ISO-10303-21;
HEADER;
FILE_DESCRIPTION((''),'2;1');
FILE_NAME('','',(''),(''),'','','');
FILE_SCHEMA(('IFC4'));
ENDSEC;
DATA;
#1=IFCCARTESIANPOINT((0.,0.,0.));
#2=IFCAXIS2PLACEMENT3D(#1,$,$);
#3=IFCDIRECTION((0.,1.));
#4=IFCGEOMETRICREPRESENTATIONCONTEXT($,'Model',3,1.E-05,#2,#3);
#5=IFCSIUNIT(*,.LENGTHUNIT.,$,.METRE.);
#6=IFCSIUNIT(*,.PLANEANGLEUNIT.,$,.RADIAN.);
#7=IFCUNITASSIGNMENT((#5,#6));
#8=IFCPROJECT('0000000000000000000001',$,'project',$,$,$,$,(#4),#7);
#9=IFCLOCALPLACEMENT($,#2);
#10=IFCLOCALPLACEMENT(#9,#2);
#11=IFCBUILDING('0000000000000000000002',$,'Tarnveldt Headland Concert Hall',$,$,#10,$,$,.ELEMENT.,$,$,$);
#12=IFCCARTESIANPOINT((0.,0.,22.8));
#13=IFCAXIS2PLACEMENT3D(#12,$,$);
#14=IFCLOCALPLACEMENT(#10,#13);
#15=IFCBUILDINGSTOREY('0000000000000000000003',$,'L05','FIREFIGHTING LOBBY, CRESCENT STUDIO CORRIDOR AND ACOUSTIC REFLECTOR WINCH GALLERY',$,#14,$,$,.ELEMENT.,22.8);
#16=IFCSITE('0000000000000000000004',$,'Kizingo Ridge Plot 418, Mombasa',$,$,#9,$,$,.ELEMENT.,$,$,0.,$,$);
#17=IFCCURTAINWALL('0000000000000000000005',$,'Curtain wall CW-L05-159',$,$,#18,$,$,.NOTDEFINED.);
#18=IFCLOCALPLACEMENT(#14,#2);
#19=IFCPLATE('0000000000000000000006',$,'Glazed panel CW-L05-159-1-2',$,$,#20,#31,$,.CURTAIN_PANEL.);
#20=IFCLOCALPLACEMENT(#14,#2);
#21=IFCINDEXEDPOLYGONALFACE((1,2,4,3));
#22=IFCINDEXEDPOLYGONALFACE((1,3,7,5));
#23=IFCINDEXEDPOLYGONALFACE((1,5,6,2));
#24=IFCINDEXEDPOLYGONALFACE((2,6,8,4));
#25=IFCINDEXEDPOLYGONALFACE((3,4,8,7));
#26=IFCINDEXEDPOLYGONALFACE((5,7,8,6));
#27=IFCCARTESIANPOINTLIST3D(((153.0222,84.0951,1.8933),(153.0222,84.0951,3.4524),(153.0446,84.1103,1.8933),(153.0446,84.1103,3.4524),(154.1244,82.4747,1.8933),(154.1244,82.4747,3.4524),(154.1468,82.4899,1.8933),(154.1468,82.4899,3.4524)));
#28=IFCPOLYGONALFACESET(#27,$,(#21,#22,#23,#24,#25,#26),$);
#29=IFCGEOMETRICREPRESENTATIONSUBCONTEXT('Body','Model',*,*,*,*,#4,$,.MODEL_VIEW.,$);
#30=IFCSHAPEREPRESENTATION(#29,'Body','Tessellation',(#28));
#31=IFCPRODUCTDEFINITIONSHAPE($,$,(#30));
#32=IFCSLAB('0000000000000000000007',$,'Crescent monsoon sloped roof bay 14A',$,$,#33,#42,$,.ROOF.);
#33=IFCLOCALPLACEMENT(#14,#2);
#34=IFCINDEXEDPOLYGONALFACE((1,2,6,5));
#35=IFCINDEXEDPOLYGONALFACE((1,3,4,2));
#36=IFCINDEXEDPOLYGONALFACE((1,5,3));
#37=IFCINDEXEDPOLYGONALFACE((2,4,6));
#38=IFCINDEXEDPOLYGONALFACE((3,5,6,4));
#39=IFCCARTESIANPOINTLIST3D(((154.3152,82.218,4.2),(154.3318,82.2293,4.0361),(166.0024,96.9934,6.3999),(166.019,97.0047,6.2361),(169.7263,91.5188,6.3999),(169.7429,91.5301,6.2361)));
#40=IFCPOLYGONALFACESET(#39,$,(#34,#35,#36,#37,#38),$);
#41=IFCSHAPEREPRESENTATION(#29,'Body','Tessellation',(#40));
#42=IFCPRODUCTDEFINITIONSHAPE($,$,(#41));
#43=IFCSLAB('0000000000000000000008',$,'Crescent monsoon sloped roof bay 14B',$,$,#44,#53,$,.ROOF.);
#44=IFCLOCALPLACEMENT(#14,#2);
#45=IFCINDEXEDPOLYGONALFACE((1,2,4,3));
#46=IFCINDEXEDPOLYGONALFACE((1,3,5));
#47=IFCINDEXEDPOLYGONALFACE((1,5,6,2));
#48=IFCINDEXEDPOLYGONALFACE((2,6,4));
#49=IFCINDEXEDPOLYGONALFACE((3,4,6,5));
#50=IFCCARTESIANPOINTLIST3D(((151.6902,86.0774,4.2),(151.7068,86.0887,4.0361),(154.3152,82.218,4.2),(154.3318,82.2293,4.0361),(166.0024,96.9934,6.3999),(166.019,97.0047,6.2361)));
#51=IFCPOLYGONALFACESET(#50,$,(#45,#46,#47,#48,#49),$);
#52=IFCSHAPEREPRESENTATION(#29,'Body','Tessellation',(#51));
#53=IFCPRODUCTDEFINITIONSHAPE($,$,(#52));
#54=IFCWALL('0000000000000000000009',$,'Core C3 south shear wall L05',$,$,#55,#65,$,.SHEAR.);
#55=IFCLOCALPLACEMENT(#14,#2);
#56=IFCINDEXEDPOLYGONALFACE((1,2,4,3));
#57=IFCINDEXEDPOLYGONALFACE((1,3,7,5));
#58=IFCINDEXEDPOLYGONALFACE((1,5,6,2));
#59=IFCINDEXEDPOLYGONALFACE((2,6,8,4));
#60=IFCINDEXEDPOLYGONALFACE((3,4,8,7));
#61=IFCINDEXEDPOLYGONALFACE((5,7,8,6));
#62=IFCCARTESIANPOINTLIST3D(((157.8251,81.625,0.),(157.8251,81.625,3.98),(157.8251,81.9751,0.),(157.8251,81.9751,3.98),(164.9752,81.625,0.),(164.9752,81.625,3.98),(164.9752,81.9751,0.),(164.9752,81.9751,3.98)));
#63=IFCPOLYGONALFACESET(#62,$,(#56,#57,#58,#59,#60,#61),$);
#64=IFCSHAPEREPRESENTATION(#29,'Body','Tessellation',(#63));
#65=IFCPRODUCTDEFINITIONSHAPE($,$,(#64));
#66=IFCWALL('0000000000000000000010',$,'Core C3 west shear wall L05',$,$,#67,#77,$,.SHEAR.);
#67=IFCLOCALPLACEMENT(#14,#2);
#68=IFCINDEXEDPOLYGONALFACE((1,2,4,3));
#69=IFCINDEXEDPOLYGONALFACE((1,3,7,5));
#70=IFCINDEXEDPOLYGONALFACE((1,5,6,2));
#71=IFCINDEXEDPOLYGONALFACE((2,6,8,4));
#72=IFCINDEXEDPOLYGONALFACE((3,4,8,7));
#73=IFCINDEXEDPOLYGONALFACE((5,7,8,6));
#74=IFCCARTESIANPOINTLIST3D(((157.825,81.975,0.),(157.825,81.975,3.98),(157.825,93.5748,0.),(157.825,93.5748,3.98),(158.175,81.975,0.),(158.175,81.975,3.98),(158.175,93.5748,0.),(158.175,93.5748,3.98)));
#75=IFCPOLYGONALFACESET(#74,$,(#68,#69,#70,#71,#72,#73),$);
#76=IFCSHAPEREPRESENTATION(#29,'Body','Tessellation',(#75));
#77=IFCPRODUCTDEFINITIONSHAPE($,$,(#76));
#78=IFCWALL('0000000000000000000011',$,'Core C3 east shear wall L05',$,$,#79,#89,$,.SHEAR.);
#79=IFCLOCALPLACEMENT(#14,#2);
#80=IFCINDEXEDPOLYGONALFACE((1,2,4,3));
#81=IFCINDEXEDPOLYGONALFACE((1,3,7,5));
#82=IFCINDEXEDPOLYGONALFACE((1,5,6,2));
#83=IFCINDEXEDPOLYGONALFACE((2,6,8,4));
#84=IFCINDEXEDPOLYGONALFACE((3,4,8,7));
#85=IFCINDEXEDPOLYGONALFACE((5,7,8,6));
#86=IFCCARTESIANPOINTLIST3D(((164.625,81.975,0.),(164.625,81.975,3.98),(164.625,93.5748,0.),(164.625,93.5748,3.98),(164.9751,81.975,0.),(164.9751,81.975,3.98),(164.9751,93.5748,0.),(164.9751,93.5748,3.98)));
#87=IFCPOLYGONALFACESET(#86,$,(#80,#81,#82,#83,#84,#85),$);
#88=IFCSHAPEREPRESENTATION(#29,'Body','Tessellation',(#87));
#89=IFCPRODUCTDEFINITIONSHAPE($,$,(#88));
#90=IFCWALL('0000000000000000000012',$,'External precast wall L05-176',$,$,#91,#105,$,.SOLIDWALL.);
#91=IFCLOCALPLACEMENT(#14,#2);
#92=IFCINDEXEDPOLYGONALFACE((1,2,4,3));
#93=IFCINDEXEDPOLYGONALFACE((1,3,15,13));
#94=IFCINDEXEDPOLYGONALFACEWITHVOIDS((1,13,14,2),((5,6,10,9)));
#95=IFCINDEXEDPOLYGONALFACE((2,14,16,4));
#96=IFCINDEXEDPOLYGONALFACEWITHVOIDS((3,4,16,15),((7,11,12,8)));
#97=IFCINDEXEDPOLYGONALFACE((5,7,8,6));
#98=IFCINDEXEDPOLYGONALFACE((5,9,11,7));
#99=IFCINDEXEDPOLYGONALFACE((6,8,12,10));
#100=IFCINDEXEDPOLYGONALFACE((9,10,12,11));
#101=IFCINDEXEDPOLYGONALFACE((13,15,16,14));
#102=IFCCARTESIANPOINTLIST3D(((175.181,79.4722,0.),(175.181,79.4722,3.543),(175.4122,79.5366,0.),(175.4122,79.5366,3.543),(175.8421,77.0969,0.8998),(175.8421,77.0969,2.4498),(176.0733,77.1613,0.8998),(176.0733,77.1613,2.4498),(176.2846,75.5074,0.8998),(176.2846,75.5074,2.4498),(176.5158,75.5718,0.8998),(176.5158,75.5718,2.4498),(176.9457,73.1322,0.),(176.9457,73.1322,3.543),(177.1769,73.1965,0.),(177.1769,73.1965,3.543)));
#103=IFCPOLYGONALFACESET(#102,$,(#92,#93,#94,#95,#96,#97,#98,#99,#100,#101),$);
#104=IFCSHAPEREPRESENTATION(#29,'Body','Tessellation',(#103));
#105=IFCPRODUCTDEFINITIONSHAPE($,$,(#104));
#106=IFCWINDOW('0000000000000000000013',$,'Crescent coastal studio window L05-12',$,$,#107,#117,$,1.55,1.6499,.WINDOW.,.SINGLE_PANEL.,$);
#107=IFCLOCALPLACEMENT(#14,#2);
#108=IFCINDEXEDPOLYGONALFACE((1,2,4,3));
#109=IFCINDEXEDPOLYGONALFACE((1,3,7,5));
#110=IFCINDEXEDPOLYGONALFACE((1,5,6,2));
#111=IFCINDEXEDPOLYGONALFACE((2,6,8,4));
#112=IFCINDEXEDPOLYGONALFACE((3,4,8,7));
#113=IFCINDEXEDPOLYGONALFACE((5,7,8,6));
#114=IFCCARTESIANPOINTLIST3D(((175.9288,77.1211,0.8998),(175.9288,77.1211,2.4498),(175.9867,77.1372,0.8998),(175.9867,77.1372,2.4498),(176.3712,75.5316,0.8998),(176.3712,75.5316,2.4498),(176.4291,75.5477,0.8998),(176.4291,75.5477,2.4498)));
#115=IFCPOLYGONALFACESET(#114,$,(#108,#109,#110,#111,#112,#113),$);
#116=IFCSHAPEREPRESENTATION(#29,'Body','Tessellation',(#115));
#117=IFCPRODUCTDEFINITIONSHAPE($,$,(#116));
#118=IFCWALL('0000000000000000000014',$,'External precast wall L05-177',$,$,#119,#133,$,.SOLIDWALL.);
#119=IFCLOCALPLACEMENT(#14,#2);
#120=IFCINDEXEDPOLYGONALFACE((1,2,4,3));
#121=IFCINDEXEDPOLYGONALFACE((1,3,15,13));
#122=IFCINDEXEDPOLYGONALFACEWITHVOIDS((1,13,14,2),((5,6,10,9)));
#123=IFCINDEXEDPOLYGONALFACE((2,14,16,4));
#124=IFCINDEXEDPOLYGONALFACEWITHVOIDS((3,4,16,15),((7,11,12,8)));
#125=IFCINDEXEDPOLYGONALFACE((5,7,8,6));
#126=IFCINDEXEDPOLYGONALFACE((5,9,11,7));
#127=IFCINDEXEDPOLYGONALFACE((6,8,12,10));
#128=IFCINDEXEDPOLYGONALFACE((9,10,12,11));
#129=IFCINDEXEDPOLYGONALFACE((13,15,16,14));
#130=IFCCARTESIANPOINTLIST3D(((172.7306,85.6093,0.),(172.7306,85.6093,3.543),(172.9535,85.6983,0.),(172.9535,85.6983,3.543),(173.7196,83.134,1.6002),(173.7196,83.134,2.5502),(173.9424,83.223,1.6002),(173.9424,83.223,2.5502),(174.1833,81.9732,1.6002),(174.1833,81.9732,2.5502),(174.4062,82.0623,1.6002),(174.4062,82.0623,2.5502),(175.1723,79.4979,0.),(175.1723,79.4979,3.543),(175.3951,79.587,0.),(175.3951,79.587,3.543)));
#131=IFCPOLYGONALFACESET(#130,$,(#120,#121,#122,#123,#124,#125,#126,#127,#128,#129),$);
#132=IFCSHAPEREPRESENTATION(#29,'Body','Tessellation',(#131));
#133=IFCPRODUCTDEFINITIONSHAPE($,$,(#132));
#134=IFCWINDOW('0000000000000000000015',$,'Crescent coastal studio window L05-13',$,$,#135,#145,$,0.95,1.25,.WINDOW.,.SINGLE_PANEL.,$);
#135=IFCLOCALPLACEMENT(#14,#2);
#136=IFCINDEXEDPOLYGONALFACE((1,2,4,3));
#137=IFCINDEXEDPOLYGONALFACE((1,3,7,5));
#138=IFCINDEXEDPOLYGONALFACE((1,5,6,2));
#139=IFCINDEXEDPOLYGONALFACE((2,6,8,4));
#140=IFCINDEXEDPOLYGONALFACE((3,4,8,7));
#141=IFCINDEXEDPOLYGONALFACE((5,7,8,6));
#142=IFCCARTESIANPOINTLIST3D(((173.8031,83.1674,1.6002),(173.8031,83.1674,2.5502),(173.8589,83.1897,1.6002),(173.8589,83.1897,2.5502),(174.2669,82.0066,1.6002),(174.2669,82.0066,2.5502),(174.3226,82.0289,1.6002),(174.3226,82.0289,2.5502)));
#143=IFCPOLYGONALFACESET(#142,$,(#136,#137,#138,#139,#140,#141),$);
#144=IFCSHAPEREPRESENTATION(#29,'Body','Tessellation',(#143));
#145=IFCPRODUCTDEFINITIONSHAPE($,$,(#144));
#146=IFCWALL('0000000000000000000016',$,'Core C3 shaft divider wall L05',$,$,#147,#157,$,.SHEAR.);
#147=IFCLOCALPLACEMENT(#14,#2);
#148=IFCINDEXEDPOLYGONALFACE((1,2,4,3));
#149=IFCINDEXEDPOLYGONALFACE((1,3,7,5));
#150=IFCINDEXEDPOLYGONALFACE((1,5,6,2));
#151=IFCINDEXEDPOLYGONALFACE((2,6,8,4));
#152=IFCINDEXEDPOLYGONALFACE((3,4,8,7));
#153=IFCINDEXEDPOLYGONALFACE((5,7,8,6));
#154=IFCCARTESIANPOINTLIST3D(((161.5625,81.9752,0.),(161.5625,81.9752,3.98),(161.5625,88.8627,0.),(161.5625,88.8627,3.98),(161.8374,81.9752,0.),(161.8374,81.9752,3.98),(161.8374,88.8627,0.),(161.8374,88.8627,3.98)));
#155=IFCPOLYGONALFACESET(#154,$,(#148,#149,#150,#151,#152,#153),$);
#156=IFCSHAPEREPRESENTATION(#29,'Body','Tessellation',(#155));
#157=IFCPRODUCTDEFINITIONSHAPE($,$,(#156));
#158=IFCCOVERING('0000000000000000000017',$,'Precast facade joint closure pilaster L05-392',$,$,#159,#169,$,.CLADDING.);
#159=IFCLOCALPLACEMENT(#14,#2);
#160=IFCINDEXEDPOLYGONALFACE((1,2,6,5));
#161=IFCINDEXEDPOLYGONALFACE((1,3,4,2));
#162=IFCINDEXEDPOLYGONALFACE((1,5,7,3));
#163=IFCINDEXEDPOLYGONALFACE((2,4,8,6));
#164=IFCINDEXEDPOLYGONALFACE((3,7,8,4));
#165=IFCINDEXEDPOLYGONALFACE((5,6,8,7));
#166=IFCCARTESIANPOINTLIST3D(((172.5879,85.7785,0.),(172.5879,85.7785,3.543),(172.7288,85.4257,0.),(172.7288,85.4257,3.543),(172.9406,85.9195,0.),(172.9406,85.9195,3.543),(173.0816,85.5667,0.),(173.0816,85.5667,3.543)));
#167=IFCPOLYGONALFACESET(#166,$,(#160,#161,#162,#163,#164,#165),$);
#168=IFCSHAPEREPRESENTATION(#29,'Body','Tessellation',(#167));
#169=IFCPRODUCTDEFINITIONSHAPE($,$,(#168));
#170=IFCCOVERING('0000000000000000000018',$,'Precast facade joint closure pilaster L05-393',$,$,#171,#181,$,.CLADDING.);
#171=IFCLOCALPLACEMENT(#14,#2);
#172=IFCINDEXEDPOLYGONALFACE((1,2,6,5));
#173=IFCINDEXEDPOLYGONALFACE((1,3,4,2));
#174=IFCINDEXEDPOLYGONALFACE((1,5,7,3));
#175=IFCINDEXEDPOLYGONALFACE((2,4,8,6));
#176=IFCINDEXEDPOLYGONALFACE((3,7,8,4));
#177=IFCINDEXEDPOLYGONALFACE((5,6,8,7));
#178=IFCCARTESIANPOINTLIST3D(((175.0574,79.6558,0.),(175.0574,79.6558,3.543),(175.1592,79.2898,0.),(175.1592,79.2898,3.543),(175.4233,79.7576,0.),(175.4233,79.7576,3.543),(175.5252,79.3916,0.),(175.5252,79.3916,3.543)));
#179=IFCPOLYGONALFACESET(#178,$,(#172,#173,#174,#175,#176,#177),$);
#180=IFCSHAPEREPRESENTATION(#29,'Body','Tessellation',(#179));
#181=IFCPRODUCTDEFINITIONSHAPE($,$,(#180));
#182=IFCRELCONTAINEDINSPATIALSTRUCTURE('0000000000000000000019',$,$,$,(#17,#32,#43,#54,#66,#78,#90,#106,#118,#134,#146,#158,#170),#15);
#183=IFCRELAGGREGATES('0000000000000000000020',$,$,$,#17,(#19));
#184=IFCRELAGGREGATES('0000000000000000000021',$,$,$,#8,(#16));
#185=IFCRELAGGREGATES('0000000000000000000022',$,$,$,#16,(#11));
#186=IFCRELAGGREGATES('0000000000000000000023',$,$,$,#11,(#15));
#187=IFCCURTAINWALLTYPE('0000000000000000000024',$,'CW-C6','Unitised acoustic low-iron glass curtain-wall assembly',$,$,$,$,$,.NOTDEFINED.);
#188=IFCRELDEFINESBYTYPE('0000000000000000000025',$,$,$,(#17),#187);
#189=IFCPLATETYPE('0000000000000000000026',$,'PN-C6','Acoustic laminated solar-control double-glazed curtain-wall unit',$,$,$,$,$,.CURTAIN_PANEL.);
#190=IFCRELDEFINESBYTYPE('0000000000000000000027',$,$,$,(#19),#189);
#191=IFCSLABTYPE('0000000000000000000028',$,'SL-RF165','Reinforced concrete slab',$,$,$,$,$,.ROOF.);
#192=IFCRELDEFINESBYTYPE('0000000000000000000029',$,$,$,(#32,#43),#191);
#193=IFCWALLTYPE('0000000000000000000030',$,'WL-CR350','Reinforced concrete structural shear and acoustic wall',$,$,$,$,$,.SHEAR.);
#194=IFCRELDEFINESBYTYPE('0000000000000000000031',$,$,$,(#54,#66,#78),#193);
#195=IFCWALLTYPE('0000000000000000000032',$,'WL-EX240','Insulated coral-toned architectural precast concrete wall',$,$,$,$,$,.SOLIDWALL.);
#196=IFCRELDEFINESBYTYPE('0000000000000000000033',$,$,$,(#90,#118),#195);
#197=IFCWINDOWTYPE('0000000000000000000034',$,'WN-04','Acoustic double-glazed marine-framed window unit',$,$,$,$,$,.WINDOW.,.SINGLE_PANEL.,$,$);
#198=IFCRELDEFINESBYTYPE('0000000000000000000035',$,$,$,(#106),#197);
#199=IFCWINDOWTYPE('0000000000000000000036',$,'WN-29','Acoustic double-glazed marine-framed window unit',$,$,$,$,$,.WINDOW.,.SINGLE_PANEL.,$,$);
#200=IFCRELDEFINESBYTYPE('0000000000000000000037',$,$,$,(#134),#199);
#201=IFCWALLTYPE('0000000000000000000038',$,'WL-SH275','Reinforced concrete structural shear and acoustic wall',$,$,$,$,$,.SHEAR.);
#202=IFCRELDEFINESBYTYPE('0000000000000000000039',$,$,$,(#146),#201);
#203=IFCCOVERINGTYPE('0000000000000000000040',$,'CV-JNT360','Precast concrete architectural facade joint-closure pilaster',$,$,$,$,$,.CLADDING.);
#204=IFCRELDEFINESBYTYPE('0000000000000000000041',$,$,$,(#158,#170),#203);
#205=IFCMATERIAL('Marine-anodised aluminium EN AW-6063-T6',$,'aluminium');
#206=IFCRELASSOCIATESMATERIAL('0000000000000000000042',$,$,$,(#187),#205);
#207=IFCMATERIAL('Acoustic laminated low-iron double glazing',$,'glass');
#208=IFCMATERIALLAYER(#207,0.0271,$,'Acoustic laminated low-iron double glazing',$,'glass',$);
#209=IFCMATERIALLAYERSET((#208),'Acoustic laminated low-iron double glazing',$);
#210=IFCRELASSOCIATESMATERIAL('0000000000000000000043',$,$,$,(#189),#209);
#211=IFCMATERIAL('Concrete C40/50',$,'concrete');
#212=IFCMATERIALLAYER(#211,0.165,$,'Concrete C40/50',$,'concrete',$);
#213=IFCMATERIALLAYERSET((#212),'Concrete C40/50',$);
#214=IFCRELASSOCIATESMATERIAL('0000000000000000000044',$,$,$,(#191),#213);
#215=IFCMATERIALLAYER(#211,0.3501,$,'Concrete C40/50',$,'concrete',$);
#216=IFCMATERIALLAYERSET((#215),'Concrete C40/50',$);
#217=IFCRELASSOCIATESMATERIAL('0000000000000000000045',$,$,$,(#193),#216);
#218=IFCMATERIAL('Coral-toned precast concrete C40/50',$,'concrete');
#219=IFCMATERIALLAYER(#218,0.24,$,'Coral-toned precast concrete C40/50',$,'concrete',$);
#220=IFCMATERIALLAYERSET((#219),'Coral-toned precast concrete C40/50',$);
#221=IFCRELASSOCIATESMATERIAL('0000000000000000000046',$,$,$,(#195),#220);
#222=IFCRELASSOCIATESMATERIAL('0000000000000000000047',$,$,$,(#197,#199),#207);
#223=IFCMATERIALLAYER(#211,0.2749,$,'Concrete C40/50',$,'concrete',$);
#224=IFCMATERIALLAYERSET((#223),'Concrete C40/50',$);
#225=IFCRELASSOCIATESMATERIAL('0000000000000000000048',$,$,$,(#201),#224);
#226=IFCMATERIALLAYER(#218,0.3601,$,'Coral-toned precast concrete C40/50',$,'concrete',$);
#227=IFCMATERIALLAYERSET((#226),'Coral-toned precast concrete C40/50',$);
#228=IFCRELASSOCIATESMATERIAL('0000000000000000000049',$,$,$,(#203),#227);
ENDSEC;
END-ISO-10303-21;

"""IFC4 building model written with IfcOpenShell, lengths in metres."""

from ifc_helpers import new_model, si_unit, direction, frame, frame_2d, origin, origin_2d, place, context, subcontext, project, spatial, polyline, rectangle, outline, extrude, material, layer, layer_set, type_object, element, fill, aggregate, save


model = new_model("IFC4")

# Units and contexts
model_context = context("Model", 3, precision=1e-05, world=origin(), true_north=direction((0.0, 1.0)))
body_context = subcontext(model_context, "Body", "Model", "MODEL_VIEW")
ifc_project = project(units=[si_unit("LENGTHUNIT", "METRE"), si_unit("PLANEANGLEUNIT", "RADIAN")], contexts=[model_context])

# Site, building, storey
site_placement = place(None, origin())
site = spatial("IfcSite", under=ifc_project, at=site_placement, Name="Kizingo Ridge Plot 418, Mombasa", CompositionType="ELEMENT", RefElevation=0.0)
building_placement = place(site_placement, origin())
building = spatial("IfcBuilding", under=site, at=building_placement, Name="Tarnveldt Headland Concert Hall", CompositionType="ELEMENT")
storey_placement = place(building_placement, frame((0.0, 0.0, 22.8)))
storey = spatial("IfcBuildingStorey", under=building, at=storey_placement, Name="L05", Description="FIREFIGHTING LOBBY, CRESCENT STUDIO CORRIDOR AND ACOUSTIC REFLECTOR WINCH GALLERY", CompositionType="ELEMENT", Elevation=22.8)

# Curtain wall
ifc_material_1 = material(Name="Marine-anodised aluminium EN AW-6063-T6", Category="aluminium")
curtain_wall_type = type_object("IfcCurtainWallType", Name="CW-C6", Description="Unitised acoustic low-iron glass curtain-wall assembly", PredefinedType="NOTDEFINED", material=ifc_material_1)
curtain_wall_1_placement = place(storey_placement, origin())
curtain_wall_1 = element("IfcCurtainWall", 1, at=curtain_wall_1_placement, inside=storey, type_object=curtain_wall_type, Name="Curtain wall CW-L05-159", PredefinedType="NOTDEFINED")

# Plate
ifc_material_2 = material(Name="Acoustic laminated low-iron double glazing", Category="glass")
ifc_layer_1 = layer(ifc_material_2, 0.0271, Name="Acoustic laminated low-iron double glazing", Category="glass")
ifc_layer_set_1 = layer_set([ifc_layer_1], Name="Acoustic laminated low-iron double glazing")
plate_type = type_object("IfcPlateType", Name="PN-C6", Description="Acoustic laminated solar-control double-glazed curtain-wall unit", PredefinedType="CURTAIN_PANEL", material=ifc_layer_set_1)
plate_1_placement = place(storey_placement, frame((153.5845, 83.2925, 1.8933), z_axis=(0.0, 0.0, 1.0), x_axis=(-0.562415, 0.826855, 0.0)))
plate_1 = element("IfcPlate", 2, at=plate_1_placement, type_object=plate_type, Name="Glazed panel CW-L05-159-1-2", PredefinedType="CURTAIN_PANEL", context=body_context, shape_type="SweptSolid", body=[
    extrude(rectangle(XDim=1.9597, YDim=0.0271, at=origin_2d()), origin(), (0.0, 0.0, 1.0), 1.5591),
])
aggregate(curtain_wall_1, [plate_1])

# Slabs
ifc_material_3 = material(Name="Concrete C40/50", Category="concrete")
ifc_layer_2 = layer(ifc_material_3, 0.165, Name="Concrete C40/50", Category="concrete")
ifc_layer_set_2 = layer_set([ifc_layer_2], Name="Concrete C40/50")
slab_type = type_object("IfcSlabType", Name="SL-RF165", Description="Reinforced concrete slab", PredefinedType="ROOF", material=ifc_layer_set_2)
slab_1_placement = place(storey_placement, frame((154.3152, 82.218, 4.2), z_axis=(-0.100455, -0.06833, 0.992592), x_axis=(0.84984, 0.512888, 0.121315)))
element("IfcSlab", 3, at=slab_1_placement, inside=storey, type_object=slab_type, Name="Crescent monsoon sloped roof bay 14A", PredefinedType="ROOF", context=body_context, shape_type="SweptSolid", body=[
    extrude(outline(polyline([(0.0, 0.0), (18.1341, 0.0), (17.7773, 6.6115), (0.0, 0.0)])), origin(), (0.0, 0.0, -1.0), 0.165),
])
slab_2_placement = place(storey_placement, frame((154.3152, 82.218, 4.2), z_axis=(-0.100458, -0.068328, 0.992592), x_axis=(0.616192, 0.779009, 0.115989)))
element("IfcSlab", 4, at=slab_2_placement, inside=storey, type_object=slab_type, Name="Crescent monsoon sloped roof bay 14B", PredefinedType="ROOF", context=body_context, shape_type="SweptSolid", body=[
    extrude(outline(polyline([(0.0, 0.0), (18.9669, 0.0), (1.389, 4.456), (0.0, 0.0)])), origin(), (0.0, 0.0, -1.0), 0.165),
])

# Walls
ifc_layer_3 = layer(ifc_material_3, 0.3501, Name="Concrete C40/50", Category="concrete")
ifc_layer_set_3 = layer_set([ifc_layer_3], Name="Concrete C40/50")
wall_type_1 = type_object("IfcWallType", Name="WL-CR350", Description="Reinforced concrete structural shear and acoustic wall", PredefinedType="SHEAR", material=ifc_layer_set_3)
wall_1_placement = place(storey_placement, frame((157.825, 81.8, 0.0), z_axis=(0.0, 0.0, 1.0), x_axis=(1.0, 0.0, 0.0)))
element("IfcWall", 5, at=wall_1_placement, inside=storey, type_object=wall_type_1, Name="Core C3 south shear wall L05", PredefinedType="SHEAR", context=body_context, shape_type="SweptSolid", body=[
    extrude(rectangle(XDim=7.1501, YDim=0.3501, at=frame_2d((3.5752, 0.0))), origin(), (0.0, 0.0, 1.0), 3.98),
])
for number, where, z_axis, x_axis, name in (
    (6, (158.0, 81.9751, 0.0), (0.0, 0.0, 1.0), (0.0, 1.0, 0.0), "Core C3 west shear wall L05"),
    (7, (164.8, 81.9751, 0.0), (0.0, 0.0, 1.0), (0.0, 1.0, 0.0), "Core C3 east shear wall L05"),
):
    element("IfcWall", number, at=place(storey_placement, frame(where, z_axis=z_axis, x_axis=x_axis)), inside=storey, type_object=wall_type_1, Name=name, PredefinedType="SHEAR", context=body_context, shape_type="SweptSolid", body=[
        extrude(rectangle(XDim=11.5999, YDim=0.3501, at=frame_2d((5.7998, 0.0))), origin(), (0.0, 0.0, 1.0), 3.98),
    ])

# Walls, openings, windows
ifc_material_4 = material(Name="Coral-toned precast concrete C40/50", Category="concrete")
ifc_layer_4 = layer(ifc_material_4, 0.24, Name="Coral-toned precast concrete C40/50", Category="concrete")
ifc_layer_set_4 = layer_set([ifc_layer_4], Name="Coral-toned precast concrete C40/50")
wall_type_2 = type_object("IfcWallType", Name="WL-EX240", Description="Insulated coral-toned architectural precast concrete wall", PredefinedType="SOLIDWALL", material=ifc_layer_set_4)
wall_2_placement = place(storey_placement, frame((175.2966, 79.5044, 0.0), z_axis=(0.0, 0.0, 1.0), x_axis=(0.268139, -0.96338, 0.0)))
wall_2 = element("IfcWall", 8, at=wall_2_placement, inside=storey, type_object=wall_type_2, Name="External precast wall L05-176", PredefinedType="SOLIDWALL", context=body_context, shape_type="SweptSolid", body=[
    extrude(rectangle(XDim=6.5811, YDim=0.24, at=frame_2d((3.2905, 0.0))), origin(), (0.0, 0.0, 1.0), 3.543),
])
opening_1_placement = place(wall_2_placement, frame((2.4656, 0.0, 0.8999)))
opening_1 = element("IfcOpeningElement", 9, at=opening_1_placement, cuts=wall_2, PredefinedType="OPENING", context=body_context, shape_type="SweptSolid", body=[
    extrude(rectangle(XDim=1.6499, YDim=1.55, at=frame_2d((0.825, 0.7749))), frame((0.0, 0.1299, 0.0), z_axis=(0.0, -1.0, 0.0), x_axis=(1.0, 0.0, 0.0)), (0.0, 0.0, 1.0), 0.26),
])
window_type_1 = type_object("IfcWindowType", Name="WN-04", Description="Acoustic double-glazed marine-framed window unit", PartitioningType="SINGLE_PANEL", PredefinedType="WINDOW", material=ifc_material_2)
window_1_placement = place(opening_1_placement, origin())
window_1 = element("IfcWindow", 10, at=window_1_placement, inside=storey, type_object=window_type_1, Name="Crescent coastal studio window L05-12", OverallHeight=1.55, OverallWidth=1.6499, PartitioningType="SINGLE_PANEL", PredefinedType="WINDOW", context=body_context, shape_type="SweptSolid", body=[
    extrude(rectangle(XDim=1.6499, YDim=1.55, at=frame_2d((0.825, 0.7749))), frame((0.0, 0.03, 0.0), z_axis=(0.0, -1.0, 0.0), x_axis=(1.0, 0.0, 0.0)), (0.0, 0.0, 1.0), 0.0601),
])
fill(opening_1, window_1)
wall_3_placement = place(storey_placement, frame((172.842, 85.6538, 0.0), z_axis=(0.0, 0.0, 1.0), x_axis=(0.371013, -0.928628, 0.0)))
wall_3 = element("IfcWall", 11, at=wall_3_placement, inside=storey, type_object=wall_type_2, Name="External precast wall L05-177", PredefinedType="SOLIDWALL", context=body_context, shape_type="SweptSolid", body=[
    extrude(rectangle(XDim=6.5811, YDim=0.24, at=frame_2d((3.2905, 0.0))), origin(), (0.0, 0.0, 1.0), 3.543),
])
opening_2_placement = place(wall_3_placement, frame((2.6655, 0.0, 1.6001)))
opening_2 = element("IfcOpeningElement", 12, at=opening_2_placement, cuts=wall_3, PredefinedType="OPENING", context=body_context, shape_type="SweptSolid", body=[
    extrude(rectangle(XDim=1.25, YDim=0.95, at=frame_2d((0.625, 0.4751))), frame((0.0, 0.1299, 0.0), z_axis=(0.0, -1.0, 0.0), x_axis=(1.0, 0.0, 0.0)), (0.0, 0.0, 1.0), 0.26),
])
window_type_2 = type_object("IfcWindowType", Name="WN-29", Description="Acoustic double-glazed marine-framed window unit", PartitioningType="SINGLE_PANEL", PredefinedType="WINDOW", material=ifc_material_2)
window_2_placement = place(opening_2_placement, origin())
window_2 = element("IfcWindow", 13, at=window_2_placement, inside=storey, type_object=window_type_2, Name="Crescent coastal studio window L05-13", OverallHeight=0.95, OverallWidth=1.25, PartitioningType="SINGLE_PANEL", PredefinedType="WINDOW", context=body_context, shape_type="SweptSolid", body=[
    extrude(rectangle(XDim=1.25, YDim=0.95, at=frame_2d((0.625, 0.4751))), frame((0.0, 0.03, 0.0), z_axis=(0.0, -1.0, 0.0), x_axis=(1.0, 0.0, 0.0)), (0.0, 0.0, 1.0), 0.0601),
])
fill(opening_2, window_2)

# Wall
ifc_layer_5 = layer(ifc_material_3, 0.2749, Name="Concrete C40/50", Category="concrete")
ifc_layer_set_5 = layer_set([ifc_layer_5], Name="Concrete C40/50")
wall_type_3 = type_object("IfcWallType", Name="WL-SH275", Description="Reinforced concrete structural shear and acoustic wall", PredefinedType="SHEAR", material=ifc_layer_set_5)
wall_4_placement = place(storey_placement, frame((161.7, 81.9751, 0.0), z_axis=(0.0, 0.0, 1.0), x_axis=(0.0, 1.0, 0.0)))
element("IfcWall", 14, at=wall_4_placement, inside=storey, type_object=wall_type_3, Name="Core C3 shaft divider wall L05", PredefinedType="SHEAR", context=body_context, shape_type="SweptSolid", body=[
    extrude(rectangle(XDim=6.8875, YDim=0.2749, at=frame_2d((3.4438, 0.0))), origin(), (0.0, 0.0, 1.0), 3.98),
])

# Coverings
ifc_layer_6 = layer(ifc_material_4, 0.3601, Name="Coral-toned precast concrete C40/50", Category="concrete")
ifc_layer_set_6 = layer_set([ifc_layer_6], Name="Coral-toned precast concrete C40/50")
covering_type = type_object("IfcCoveringType", Name="CV-JNT360", Description="Precast concrete architectural facade joint-closure pilaster", PredefinedType="CLADDING", material=ifc_layer_set_6)
for number, where, z_axis, x_axis, name in (
    (15, (172.8347, 85.6726, 0.0), (0.0, 0.0, 1.0), (0.371044, -0.928615, 0.0), "Precast facade joint closure pilaster L05-392"),
    (16, (175.2913, 79.5237, 0.0), (0.0, 0.0, 1.0), (0.268079, -0.963397, 0.0), "Precast facade joint closure pilaster L05-393"),
):
    element("IfcCovering", number, at=place(storey_placement, frame(where, z_axis=z_axis, x_axis=x_axis)), inside=storey, type_object=covering_type, Name=name, PredefinedType="CLADDING", context=body_context, shape_type="SweptSolid", body=[
        extrude(rectangle(XDim=0.3799, YDim=0.3799, at=origin_2d()), origin(), (0.0, 0.0, 1.0), 3.543),
    ])

save(model, "model.ifc")
